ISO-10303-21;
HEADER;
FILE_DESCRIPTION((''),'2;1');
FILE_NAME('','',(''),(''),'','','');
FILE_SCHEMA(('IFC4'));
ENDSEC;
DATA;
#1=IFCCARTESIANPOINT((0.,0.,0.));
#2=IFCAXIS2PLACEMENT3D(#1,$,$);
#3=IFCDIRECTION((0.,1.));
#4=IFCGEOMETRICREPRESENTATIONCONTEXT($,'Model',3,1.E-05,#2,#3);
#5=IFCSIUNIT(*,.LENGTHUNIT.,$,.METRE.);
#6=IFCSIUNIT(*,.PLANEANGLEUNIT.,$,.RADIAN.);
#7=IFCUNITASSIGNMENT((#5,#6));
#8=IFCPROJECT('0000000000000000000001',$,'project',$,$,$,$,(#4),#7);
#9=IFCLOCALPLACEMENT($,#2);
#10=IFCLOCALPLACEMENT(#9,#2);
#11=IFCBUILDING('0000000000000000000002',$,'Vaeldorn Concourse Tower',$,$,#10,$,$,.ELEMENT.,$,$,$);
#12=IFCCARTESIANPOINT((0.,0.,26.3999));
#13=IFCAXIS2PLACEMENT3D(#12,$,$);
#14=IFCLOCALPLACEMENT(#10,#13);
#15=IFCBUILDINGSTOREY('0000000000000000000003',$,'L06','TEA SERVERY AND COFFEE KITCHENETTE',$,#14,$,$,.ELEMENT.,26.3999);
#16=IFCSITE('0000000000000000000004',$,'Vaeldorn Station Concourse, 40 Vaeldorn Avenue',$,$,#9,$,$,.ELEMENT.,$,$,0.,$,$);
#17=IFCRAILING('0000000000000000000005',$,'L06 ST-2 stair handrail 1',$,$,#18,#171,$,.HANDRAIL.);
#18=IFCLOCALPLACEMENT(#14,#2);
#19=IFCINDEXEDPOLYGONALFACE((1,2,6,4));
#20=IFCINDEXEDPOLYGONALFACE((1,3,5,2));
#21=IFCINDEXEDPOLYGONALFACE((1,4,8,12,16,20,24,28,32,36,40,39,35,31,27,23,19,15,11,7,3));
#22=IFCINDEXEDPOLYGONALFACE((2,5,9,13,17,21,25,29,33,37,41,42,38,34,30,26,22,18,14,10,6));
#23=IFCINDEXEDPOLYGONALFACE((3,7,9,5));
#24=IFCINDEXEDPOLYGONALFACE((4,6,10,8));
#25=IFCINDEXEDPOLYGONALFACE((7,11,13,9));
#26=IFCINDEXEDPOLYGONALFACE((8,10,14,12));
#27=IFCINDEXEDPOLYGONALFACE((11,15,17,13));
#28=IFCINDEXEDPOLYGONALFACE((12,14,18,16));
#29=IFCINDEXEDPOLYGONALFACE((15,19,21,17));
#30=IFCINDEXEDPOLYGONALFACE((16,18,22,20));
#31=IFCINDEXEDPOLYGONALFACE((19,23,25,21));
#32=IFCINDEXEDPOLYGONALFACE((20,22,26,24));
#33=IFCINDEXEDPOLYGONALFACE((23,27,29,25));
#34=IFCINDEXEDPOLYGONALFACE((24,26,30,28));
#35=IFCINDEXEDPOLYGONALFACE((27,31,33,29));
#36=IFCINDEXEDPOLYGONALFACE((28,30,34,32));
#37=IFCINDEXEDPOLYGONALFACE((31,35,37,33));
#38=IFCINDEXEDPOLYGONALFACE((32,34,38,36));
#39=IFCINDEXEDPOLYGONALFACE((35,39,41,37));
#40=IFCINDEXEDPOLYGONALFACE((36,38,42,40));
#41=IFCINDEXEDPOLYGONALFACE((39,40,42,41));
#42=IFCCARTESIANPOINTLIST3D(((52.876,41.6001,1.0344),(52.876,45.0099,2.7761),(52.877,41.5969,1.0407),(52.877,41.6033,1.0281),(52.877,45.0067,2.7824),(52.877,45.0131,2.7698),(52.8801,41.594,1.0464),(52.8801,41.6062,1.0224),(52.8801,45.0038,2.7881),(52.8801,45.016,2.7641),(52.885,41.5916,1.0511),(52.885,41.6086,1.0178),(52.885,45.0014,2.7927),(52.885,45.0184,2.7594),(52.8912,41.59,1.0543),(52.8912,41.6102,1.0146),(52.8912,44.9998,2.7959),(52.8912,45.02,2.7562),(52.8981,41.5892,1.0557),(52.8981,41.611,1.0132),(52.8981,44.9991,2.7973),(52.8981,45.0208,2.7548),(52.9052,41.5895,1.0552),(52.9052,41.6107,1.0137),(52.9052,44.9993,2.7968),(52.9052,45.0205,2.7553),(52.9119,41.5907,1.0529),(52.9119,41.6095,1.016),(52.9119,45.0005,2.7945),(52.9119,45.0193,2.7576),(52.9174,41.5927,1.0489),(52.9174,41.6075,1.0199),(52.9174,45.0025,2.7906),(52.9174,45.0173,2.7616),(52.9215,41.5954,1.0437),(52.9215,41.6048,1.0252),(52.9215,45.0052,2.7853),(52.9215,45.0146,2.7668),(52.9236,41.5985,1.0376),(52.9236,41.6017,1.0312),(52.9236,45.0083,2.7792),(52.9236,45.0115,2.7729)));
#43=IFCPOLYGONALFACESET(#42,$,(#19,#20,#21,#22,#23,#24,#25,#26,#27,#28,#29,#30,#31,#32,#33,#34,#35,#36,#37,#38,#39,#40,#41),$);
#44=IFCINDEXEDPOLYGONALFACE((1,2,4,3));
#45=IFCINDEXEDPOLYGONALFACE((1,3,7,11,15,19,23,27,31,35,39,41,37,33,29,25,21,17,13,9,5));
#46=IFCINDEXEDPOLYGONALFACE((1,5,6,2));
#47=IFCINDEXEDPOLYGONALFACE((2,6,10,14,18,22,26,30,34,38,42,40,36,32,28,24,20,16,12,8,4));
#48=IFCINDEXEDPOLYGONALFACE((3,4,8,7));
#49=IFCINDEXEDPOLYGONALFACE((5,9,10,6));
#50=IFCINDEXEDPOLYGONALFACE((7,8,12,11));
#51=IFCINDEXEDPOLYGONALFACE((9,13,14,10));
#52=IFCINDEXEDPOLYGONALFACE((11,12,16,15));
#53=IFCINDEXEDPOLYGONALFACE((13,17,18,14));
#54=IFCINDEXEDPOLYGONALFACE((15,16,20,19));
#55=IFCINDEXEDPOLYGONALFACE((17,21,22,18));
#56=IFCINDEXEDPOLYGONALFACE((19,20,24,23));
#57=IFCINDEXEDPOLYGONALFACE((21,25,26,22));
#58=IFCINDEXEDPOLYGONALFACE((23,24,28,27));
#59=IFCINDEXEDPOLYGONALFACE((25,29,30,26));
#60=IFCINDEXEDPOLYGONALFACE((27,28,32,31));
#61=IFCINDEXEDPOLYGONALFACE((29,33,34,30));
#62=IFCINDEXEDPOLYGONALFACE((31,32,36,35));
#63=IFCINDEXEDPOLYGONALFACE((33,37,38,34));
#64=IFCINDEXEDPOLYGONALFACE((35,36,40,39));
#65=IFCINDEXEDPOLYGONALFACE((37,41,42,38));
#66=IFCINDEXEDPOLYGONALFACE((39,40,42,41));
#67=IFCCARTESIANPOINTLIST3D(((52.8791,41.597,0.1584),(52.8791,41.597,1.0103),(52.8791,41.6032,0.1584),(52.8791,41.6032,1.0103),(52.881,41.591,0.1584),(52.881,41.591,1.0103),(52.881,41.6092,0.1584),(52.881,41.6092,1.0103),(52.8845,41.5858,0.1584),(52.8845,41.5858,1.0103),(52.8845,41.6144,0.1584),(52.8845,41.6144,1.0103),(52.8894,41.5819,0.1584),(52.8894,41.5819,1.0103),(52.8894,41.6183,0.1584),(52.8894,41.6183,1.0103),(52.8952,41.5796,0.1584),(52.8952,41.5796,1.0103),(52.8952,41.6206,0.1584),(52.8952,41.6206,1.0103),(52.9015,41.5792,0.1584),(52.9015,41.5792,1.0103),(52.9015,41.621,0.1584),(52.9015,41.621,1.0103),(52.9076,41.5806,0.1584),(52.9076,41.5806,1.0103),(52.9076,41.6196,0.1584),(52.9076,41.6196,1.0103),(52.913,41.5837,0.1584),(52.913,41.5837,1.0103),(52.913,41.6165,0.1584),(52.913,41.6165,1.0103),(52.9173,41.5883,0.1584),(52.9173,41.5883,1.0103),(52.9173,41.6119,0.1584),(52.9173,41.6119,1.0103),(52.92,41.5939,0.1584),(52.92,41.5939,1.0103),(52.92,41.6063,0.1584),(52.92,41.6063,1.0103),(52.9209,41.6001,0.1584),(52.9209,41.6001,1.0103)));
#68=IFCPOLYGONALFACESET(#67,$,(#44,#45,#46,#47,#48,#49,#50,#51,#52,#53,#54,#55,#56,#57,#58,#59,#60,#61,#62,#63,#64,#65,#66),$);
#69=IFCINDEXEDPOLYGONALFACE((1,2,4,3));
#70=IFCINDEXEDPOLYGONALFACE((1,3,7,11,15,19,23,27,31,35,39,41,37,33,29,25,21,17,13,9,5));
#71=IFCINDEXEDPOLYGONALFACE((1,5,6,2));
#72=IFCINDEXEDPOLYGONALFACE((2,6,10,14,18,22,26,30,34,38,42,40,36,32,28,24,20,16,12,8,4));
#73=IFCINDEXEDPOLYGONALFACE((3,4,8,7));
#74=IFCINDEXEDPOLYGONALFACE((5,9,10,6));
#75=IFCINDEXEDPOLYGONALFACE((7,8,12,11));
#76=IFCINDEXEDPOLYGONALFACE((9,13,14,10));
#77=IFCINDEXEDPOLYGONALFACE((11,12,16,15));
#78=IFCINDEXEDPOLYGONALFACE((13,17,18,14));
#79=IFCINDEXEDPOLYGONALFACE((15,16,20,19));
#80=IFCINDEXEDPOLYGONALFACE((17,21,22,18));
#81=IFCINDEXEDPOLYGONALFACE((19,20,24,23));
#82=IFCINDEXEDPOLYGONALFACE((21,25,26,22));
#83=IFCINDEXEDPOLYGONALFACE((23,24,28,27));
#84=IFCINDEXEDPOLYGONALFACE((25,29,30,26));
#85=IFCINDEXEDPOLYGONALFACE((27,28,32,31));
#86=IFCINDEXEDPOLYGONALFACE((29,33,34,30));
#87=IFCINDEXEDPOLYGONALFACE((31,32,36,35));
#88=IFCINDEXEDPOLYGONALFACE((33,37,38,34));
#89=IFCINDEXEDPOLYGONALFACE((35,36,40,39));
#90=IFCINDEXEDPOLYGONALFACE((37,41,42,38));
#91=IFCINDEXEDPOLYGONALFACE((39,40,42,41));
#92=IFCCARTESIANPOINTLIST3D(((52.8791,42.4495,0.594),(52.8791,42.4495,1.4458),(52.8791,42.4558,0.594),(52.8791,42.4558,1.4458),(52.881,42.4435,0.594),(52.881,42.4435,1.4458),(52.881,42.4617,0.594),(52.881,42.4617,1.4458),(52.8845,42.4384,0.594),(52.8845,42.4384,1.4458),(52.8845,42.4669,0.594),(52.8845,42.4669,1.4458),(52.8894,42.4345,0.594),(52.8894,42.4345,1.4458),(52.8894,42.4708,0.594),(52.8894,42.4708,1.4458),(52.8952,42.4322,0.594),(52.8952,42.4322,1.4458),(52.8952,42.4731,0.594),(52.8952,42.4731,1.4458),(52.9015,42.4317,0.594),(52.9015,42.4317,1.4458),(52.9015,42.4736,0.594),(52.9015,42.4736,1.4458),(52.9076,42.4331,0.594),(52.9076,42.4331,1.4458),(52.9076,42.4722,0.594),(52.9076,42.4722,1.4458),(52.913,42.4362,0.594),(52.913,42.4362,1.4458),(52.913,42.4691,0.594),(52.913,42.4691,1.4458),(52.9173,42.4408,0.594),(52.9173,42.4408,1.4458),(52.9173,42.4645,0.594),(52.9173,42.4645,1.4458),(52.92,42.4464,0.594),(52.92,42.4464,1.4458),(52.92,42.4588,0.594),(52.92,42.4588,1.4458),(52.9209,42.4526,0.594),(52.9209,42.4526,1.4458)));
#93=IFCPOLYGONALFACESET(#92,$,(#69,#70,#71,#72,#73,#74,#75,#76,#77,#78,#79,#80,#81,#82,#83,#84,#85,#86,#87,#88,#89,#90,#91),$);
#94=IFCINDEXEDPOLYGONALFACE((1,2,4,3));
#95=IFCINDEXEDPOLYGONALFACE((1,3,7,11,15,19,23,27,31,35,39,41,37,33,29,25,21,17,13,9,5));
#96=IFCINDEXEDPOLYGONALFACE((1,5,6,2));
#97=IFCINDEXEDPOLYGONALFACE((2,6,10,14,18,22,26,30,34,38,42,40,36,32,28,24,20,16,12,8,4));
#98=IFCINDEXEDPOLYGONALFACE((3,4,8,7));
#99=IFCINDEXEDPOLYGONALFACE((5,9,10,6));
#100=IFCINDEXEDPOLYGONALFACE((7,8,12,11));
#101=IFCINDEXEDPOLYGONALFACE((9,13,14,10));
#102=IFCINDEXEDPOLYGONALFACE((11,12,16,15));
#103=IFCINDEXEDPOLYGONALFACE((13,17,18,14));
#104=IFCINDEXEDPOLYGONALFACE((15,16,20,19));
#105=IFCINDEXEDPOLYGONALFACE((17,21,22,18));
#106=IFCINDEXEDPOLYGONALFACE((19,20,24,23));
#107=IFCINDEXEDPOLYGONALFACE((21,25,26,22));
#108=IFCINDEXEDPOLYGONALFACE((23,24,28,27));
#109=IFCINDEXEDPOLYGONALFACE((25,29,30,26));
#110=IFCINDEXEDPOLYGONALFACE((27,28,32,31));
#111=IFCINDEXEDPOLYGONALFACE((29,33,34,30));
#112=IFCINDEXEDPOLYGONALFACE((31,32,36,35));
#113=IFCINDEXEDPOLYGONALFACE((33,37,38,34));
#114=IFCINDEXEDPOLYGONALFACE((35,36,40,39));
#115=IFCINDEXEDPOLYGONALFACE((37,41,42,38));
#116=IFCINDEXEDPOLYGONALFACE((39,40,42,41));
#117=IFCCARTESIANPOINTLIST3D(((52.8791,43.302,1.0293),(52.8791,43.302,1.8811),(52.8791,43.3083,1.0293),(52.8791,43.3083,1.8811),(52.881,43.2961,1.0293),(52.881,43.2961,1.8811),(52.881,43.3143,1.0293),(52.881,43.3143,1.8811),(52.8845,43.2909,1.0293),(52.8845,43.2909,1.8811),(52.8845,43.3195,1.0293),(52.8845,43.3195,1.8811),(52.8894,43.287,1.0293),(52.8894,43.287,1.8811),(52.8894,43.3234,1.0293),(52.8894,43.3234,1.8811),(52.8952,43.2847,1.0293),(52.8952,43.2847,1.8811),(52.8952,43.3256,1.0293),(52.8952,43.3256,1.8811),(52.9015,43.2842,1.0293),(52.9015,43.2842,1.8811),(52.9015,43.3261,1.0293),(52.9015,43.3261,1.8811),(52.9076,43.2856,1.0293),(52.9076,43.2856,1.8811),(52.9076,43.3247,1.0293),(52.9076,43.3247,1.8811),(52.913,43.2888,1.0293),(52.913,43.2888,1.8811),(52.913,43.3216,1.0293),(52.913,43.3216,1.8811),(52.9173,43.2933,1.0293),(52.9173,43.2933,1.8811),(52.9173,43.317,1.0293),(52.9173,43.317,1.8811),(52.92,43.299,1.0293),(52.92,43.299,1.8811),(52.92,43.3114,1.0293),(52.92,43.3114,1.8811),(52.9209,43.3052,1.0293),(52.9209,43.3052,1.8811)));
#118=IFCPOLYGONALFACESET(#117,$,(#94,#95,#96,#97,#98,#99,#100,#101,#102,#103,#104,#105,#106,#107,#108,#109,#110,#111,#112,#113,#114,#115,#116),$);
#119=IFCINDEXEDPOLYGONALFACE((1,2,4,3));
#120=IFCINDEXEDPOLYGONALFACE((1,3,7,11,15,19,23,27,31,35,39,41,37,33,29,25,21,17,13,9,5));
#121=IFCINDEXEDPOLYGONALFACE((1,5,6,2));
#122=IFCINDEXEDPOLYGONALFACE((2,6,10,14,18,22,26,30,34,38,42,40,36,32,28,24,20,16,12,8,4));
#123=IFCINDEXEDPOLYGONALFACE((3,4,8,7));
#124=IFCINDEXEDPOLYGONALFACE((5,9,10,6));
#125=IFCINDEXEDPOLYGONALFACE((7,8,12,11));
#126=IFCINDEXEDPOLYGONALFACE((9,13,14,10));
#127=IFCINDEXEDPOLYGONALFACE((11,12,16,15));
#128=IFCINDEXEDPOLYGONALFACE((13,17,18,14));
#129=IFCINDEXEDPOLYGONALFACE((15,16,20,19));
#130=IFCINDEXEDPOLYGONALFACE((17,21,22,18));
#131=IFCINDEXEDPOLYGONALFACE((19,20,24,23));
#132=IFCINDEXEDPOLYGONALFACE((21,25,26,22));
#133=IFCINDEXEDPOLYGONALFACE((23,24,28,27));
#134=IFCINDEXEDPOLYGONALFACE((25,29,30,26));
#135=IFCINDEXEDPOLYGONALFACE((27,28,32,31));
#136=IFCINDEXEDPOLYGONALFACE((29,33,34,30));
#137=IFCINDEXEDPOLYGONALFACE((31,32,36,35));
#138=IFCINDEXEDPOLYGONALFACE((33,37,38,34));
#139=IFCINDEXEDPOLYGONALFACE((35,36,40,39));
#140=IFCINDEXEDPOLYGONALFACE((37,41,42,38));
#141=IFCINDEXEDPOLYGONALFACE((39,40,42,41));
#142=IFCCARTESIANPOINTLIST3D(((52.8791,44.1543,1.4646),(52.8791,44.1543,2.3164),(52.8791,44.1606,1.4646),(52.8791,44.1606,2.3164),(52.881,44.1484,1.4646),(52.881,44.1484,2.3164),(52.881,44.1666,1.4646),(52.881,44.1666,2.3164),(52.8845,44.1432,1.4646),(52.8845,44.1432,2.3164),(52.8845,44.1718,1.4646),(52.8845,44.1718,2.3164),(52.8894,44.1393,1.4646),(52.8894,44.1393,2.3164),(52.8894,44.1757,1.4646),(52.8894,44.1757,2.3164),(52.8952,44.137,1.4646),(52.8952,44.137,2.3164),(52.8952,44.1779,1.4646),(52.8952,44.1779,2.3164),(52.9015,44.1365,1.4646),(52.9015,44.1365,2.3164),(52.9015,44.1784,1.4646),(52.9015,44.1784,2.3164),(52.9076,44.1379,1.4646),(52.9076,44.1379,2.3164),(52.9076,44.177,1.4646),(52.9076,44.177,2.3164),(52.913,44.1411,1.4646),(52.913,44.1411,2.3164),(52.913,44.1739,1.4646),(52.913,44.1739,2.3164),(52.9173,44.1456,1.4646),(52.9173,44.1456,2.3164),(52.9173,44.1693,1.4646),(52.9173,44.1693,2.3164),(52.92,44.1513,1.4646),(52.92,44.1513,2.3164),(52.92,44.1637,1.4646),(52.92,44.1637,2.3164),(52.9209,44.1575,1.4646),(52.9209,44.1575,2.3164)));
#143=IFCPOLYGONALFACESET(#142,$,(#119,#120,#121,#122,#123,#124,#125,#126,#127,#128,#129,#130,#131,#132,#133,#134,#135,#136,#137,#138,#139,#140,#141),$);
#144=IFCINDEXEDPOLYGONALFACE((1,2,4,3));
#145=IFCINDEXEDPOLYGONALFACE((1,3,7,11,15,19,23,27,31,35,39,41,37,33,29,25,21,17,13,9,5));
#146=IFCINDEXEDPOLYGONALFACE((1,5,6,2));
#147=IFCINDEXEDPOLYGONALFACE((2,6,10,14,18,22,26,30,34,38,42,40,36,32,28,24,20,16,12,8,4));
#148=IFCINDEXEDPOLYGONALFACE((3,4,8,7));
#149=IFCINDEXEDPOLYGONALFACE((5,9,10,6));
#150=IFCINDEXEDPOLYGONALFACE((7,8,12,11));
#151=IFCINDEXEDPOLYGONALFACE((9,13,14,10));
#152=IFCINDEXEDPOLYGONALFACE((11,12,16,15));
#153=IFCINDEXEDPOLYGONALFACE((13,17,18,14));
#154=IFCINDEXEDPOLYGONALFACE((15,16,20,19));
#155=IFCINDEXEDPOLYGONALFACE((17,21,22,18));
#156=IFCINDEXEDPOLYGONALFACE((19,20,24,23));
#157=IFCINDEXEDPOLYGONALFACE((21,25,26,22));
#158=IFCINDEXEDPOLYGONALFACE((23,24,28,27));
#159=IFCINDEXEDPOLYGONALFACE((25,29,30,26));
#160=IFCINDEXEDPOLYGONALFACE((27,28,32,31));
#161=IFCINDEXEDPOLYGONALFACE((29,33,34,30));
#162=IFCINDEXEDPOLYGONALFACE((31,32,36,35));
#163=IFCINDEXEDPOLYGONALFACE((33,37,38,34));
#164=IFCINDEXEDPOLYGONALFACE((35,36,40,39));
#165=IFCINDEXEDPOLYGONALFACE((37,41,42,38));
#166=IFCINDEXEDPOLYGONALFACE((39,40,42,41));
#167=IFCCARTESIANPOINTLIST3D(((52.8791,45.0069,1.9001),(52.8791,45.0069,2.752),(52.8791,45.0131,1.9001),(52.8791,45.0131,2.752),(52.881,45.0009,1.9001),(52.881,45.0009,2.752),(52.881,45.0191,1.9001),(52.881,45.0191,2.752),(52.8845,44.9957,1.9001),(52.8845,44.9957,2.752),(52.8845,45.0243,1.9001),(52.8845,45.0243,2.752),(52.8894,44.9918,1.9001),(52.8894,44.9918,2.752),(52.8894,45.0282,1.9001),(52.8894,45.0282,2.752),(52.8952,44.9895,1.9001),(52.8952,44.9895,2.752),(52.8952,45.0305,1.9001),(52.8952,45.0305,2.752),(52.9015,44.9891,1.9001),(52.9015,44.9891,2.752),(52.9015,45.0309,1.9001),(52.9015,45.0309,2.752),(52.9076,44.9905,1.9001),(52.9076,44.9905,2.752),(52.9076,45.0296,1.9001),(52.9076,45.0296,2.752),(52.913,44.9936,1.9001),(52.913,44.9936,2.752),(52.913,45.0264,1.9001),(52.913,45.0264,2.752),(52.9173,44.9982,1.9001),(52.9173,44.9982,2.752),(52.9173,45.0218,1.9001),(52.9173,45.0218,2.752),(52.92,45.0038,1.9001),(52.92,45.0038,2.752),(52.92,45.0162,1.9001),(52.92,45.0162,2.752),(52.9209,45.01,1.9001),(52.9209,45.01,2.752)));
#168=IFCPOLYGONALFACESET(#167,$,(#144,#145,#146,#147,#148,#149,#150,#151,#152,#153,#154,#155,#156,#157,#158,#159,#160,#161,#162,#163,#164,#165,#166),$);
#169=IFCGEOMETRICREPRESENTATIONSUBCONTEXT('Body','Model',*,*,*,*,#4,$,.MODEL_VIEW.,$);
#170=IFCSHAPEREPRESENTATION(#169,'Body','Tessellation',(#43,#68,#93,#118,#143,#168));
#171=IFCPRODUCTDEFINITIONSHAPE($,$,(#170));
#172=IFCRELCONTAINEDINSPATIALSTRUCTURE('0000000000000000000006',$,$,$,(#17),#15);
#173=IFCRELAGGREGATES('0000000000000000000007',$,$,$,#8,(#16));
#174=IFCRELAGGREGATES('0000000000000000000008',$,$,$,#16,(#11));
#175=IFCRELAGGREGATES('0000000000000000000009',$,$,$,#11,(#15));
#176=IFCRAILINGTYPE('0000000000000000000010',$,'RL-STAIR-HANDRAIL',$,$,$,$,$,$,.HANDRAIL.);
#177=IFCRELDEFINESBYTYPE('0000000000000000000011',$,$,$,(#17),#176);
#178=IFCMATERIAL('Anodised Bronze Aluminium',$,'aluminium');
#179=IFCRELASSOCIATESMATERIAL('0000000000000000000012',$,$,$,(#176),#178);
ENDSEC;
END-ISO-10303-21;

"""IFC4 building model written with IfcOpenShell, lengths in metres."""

from ifc_helpers import new_model, si_unit, direction, frame, origin, origin_2d, place, context, subcontext, project, spatial, circle, extrude, material, type_object, element, save


model = new_model("IFC4")

# Units and contexts
model_context = context("Model", 3, precision=1e-05, world=origin(), true_north=direction((0.0, 1.0)))
body_context = subcontext(model_context, "Body", "Model", "MODEL_VIEW")
ifc_project = project(units=[si_unit("LENGTHUNIT", "METRE"), si_unit("PLANEANGLEUNIT", "RADIAN")], contexts=[model_context])

# Site, building, storey
site_placement = place(None, origin())
site = spatial("IfcSite", under=ifc_project, at=site_placement, Name="Vaeldorn Station Concourse, 40 Vaeldorn Avenue", CompositionType="ELEMENT", RefElevation=0.0)
building_placement = place(site_placement, origin())
building = spatial("IfcBuilding", under=site, at=building_placement, Name="Vaeldorn Concourse Tower", CompositionType="ELEMENT")
storey_placement = place(building_placement, frame((0.0, 0.0, 26.3999)))
storey = spatial("IfcBuildingStorey", under=building, at=storey_placement, Name="L06", Description="TEA SERVERY AND COFFEE KITCHENETTE", CompositionType="ELEMENT", Elevation=26.3999)

# Shared definitions
ifc_material_1 = material(Name="Anodised Bronze Aluminium", Category="aluminium")

# Railing
railing_type_1 = type_object("IfcRailingType", Name="RL-STAIR-HANDRAIL", PredefinedType="HANDRAIL", material=ifc_material_1)
railing_1_placement = place(storey_placement, frame((52.8999, 41.6001, 0.1584)))
element("IfcRailing", 1, at=railing_1_placement, inside=storey, type_object=railing_type_1, Name="L06 ST-2 stair handrail 1", PredefinedType="HANDRAIL", context=body_context, shape_type="SweptSolid", body=[
    extrude(circle(Radius=0.0239, at=origin_2d()), frame((0.0, 0.0, 0.876), z_axis=(0.0, 0.890556, 0.454874), x_axis=(-1.0, 0.0, 0.0)), (0.0, 0.0, 1.0), 3.8289),
    extrude(circle(Radius=0.021, at=origin_2d()), origin(), (0.0, 0.0, 1.0), 0.8518),
    extrude(circle(Radius=0.021, at=origin_2d()), frame((0.0, 0.8525, 0.4355)), (0.0, 0.0, 1.0), 0.8518),
    extrude(circle(Radius=0.021, at=origin_2d()), frame((0.0, 1.7051, 0.8708)), (0.0, 0.0, 1.0), 0.8518),
    extrude(circle(Radius=0.021, at=origin_2d()), frame((0.0, 2.5574, 1.3062)), (0.0, 0.0, 1.0), 0.8518),
    extrude(circle(Radius=0.021, at=origin_2d()), frame((0.0, 3.4099, 1.7417)), (0.0, 0.0, 1.0), 0.8518),
])

save(model, "model.ifc")
